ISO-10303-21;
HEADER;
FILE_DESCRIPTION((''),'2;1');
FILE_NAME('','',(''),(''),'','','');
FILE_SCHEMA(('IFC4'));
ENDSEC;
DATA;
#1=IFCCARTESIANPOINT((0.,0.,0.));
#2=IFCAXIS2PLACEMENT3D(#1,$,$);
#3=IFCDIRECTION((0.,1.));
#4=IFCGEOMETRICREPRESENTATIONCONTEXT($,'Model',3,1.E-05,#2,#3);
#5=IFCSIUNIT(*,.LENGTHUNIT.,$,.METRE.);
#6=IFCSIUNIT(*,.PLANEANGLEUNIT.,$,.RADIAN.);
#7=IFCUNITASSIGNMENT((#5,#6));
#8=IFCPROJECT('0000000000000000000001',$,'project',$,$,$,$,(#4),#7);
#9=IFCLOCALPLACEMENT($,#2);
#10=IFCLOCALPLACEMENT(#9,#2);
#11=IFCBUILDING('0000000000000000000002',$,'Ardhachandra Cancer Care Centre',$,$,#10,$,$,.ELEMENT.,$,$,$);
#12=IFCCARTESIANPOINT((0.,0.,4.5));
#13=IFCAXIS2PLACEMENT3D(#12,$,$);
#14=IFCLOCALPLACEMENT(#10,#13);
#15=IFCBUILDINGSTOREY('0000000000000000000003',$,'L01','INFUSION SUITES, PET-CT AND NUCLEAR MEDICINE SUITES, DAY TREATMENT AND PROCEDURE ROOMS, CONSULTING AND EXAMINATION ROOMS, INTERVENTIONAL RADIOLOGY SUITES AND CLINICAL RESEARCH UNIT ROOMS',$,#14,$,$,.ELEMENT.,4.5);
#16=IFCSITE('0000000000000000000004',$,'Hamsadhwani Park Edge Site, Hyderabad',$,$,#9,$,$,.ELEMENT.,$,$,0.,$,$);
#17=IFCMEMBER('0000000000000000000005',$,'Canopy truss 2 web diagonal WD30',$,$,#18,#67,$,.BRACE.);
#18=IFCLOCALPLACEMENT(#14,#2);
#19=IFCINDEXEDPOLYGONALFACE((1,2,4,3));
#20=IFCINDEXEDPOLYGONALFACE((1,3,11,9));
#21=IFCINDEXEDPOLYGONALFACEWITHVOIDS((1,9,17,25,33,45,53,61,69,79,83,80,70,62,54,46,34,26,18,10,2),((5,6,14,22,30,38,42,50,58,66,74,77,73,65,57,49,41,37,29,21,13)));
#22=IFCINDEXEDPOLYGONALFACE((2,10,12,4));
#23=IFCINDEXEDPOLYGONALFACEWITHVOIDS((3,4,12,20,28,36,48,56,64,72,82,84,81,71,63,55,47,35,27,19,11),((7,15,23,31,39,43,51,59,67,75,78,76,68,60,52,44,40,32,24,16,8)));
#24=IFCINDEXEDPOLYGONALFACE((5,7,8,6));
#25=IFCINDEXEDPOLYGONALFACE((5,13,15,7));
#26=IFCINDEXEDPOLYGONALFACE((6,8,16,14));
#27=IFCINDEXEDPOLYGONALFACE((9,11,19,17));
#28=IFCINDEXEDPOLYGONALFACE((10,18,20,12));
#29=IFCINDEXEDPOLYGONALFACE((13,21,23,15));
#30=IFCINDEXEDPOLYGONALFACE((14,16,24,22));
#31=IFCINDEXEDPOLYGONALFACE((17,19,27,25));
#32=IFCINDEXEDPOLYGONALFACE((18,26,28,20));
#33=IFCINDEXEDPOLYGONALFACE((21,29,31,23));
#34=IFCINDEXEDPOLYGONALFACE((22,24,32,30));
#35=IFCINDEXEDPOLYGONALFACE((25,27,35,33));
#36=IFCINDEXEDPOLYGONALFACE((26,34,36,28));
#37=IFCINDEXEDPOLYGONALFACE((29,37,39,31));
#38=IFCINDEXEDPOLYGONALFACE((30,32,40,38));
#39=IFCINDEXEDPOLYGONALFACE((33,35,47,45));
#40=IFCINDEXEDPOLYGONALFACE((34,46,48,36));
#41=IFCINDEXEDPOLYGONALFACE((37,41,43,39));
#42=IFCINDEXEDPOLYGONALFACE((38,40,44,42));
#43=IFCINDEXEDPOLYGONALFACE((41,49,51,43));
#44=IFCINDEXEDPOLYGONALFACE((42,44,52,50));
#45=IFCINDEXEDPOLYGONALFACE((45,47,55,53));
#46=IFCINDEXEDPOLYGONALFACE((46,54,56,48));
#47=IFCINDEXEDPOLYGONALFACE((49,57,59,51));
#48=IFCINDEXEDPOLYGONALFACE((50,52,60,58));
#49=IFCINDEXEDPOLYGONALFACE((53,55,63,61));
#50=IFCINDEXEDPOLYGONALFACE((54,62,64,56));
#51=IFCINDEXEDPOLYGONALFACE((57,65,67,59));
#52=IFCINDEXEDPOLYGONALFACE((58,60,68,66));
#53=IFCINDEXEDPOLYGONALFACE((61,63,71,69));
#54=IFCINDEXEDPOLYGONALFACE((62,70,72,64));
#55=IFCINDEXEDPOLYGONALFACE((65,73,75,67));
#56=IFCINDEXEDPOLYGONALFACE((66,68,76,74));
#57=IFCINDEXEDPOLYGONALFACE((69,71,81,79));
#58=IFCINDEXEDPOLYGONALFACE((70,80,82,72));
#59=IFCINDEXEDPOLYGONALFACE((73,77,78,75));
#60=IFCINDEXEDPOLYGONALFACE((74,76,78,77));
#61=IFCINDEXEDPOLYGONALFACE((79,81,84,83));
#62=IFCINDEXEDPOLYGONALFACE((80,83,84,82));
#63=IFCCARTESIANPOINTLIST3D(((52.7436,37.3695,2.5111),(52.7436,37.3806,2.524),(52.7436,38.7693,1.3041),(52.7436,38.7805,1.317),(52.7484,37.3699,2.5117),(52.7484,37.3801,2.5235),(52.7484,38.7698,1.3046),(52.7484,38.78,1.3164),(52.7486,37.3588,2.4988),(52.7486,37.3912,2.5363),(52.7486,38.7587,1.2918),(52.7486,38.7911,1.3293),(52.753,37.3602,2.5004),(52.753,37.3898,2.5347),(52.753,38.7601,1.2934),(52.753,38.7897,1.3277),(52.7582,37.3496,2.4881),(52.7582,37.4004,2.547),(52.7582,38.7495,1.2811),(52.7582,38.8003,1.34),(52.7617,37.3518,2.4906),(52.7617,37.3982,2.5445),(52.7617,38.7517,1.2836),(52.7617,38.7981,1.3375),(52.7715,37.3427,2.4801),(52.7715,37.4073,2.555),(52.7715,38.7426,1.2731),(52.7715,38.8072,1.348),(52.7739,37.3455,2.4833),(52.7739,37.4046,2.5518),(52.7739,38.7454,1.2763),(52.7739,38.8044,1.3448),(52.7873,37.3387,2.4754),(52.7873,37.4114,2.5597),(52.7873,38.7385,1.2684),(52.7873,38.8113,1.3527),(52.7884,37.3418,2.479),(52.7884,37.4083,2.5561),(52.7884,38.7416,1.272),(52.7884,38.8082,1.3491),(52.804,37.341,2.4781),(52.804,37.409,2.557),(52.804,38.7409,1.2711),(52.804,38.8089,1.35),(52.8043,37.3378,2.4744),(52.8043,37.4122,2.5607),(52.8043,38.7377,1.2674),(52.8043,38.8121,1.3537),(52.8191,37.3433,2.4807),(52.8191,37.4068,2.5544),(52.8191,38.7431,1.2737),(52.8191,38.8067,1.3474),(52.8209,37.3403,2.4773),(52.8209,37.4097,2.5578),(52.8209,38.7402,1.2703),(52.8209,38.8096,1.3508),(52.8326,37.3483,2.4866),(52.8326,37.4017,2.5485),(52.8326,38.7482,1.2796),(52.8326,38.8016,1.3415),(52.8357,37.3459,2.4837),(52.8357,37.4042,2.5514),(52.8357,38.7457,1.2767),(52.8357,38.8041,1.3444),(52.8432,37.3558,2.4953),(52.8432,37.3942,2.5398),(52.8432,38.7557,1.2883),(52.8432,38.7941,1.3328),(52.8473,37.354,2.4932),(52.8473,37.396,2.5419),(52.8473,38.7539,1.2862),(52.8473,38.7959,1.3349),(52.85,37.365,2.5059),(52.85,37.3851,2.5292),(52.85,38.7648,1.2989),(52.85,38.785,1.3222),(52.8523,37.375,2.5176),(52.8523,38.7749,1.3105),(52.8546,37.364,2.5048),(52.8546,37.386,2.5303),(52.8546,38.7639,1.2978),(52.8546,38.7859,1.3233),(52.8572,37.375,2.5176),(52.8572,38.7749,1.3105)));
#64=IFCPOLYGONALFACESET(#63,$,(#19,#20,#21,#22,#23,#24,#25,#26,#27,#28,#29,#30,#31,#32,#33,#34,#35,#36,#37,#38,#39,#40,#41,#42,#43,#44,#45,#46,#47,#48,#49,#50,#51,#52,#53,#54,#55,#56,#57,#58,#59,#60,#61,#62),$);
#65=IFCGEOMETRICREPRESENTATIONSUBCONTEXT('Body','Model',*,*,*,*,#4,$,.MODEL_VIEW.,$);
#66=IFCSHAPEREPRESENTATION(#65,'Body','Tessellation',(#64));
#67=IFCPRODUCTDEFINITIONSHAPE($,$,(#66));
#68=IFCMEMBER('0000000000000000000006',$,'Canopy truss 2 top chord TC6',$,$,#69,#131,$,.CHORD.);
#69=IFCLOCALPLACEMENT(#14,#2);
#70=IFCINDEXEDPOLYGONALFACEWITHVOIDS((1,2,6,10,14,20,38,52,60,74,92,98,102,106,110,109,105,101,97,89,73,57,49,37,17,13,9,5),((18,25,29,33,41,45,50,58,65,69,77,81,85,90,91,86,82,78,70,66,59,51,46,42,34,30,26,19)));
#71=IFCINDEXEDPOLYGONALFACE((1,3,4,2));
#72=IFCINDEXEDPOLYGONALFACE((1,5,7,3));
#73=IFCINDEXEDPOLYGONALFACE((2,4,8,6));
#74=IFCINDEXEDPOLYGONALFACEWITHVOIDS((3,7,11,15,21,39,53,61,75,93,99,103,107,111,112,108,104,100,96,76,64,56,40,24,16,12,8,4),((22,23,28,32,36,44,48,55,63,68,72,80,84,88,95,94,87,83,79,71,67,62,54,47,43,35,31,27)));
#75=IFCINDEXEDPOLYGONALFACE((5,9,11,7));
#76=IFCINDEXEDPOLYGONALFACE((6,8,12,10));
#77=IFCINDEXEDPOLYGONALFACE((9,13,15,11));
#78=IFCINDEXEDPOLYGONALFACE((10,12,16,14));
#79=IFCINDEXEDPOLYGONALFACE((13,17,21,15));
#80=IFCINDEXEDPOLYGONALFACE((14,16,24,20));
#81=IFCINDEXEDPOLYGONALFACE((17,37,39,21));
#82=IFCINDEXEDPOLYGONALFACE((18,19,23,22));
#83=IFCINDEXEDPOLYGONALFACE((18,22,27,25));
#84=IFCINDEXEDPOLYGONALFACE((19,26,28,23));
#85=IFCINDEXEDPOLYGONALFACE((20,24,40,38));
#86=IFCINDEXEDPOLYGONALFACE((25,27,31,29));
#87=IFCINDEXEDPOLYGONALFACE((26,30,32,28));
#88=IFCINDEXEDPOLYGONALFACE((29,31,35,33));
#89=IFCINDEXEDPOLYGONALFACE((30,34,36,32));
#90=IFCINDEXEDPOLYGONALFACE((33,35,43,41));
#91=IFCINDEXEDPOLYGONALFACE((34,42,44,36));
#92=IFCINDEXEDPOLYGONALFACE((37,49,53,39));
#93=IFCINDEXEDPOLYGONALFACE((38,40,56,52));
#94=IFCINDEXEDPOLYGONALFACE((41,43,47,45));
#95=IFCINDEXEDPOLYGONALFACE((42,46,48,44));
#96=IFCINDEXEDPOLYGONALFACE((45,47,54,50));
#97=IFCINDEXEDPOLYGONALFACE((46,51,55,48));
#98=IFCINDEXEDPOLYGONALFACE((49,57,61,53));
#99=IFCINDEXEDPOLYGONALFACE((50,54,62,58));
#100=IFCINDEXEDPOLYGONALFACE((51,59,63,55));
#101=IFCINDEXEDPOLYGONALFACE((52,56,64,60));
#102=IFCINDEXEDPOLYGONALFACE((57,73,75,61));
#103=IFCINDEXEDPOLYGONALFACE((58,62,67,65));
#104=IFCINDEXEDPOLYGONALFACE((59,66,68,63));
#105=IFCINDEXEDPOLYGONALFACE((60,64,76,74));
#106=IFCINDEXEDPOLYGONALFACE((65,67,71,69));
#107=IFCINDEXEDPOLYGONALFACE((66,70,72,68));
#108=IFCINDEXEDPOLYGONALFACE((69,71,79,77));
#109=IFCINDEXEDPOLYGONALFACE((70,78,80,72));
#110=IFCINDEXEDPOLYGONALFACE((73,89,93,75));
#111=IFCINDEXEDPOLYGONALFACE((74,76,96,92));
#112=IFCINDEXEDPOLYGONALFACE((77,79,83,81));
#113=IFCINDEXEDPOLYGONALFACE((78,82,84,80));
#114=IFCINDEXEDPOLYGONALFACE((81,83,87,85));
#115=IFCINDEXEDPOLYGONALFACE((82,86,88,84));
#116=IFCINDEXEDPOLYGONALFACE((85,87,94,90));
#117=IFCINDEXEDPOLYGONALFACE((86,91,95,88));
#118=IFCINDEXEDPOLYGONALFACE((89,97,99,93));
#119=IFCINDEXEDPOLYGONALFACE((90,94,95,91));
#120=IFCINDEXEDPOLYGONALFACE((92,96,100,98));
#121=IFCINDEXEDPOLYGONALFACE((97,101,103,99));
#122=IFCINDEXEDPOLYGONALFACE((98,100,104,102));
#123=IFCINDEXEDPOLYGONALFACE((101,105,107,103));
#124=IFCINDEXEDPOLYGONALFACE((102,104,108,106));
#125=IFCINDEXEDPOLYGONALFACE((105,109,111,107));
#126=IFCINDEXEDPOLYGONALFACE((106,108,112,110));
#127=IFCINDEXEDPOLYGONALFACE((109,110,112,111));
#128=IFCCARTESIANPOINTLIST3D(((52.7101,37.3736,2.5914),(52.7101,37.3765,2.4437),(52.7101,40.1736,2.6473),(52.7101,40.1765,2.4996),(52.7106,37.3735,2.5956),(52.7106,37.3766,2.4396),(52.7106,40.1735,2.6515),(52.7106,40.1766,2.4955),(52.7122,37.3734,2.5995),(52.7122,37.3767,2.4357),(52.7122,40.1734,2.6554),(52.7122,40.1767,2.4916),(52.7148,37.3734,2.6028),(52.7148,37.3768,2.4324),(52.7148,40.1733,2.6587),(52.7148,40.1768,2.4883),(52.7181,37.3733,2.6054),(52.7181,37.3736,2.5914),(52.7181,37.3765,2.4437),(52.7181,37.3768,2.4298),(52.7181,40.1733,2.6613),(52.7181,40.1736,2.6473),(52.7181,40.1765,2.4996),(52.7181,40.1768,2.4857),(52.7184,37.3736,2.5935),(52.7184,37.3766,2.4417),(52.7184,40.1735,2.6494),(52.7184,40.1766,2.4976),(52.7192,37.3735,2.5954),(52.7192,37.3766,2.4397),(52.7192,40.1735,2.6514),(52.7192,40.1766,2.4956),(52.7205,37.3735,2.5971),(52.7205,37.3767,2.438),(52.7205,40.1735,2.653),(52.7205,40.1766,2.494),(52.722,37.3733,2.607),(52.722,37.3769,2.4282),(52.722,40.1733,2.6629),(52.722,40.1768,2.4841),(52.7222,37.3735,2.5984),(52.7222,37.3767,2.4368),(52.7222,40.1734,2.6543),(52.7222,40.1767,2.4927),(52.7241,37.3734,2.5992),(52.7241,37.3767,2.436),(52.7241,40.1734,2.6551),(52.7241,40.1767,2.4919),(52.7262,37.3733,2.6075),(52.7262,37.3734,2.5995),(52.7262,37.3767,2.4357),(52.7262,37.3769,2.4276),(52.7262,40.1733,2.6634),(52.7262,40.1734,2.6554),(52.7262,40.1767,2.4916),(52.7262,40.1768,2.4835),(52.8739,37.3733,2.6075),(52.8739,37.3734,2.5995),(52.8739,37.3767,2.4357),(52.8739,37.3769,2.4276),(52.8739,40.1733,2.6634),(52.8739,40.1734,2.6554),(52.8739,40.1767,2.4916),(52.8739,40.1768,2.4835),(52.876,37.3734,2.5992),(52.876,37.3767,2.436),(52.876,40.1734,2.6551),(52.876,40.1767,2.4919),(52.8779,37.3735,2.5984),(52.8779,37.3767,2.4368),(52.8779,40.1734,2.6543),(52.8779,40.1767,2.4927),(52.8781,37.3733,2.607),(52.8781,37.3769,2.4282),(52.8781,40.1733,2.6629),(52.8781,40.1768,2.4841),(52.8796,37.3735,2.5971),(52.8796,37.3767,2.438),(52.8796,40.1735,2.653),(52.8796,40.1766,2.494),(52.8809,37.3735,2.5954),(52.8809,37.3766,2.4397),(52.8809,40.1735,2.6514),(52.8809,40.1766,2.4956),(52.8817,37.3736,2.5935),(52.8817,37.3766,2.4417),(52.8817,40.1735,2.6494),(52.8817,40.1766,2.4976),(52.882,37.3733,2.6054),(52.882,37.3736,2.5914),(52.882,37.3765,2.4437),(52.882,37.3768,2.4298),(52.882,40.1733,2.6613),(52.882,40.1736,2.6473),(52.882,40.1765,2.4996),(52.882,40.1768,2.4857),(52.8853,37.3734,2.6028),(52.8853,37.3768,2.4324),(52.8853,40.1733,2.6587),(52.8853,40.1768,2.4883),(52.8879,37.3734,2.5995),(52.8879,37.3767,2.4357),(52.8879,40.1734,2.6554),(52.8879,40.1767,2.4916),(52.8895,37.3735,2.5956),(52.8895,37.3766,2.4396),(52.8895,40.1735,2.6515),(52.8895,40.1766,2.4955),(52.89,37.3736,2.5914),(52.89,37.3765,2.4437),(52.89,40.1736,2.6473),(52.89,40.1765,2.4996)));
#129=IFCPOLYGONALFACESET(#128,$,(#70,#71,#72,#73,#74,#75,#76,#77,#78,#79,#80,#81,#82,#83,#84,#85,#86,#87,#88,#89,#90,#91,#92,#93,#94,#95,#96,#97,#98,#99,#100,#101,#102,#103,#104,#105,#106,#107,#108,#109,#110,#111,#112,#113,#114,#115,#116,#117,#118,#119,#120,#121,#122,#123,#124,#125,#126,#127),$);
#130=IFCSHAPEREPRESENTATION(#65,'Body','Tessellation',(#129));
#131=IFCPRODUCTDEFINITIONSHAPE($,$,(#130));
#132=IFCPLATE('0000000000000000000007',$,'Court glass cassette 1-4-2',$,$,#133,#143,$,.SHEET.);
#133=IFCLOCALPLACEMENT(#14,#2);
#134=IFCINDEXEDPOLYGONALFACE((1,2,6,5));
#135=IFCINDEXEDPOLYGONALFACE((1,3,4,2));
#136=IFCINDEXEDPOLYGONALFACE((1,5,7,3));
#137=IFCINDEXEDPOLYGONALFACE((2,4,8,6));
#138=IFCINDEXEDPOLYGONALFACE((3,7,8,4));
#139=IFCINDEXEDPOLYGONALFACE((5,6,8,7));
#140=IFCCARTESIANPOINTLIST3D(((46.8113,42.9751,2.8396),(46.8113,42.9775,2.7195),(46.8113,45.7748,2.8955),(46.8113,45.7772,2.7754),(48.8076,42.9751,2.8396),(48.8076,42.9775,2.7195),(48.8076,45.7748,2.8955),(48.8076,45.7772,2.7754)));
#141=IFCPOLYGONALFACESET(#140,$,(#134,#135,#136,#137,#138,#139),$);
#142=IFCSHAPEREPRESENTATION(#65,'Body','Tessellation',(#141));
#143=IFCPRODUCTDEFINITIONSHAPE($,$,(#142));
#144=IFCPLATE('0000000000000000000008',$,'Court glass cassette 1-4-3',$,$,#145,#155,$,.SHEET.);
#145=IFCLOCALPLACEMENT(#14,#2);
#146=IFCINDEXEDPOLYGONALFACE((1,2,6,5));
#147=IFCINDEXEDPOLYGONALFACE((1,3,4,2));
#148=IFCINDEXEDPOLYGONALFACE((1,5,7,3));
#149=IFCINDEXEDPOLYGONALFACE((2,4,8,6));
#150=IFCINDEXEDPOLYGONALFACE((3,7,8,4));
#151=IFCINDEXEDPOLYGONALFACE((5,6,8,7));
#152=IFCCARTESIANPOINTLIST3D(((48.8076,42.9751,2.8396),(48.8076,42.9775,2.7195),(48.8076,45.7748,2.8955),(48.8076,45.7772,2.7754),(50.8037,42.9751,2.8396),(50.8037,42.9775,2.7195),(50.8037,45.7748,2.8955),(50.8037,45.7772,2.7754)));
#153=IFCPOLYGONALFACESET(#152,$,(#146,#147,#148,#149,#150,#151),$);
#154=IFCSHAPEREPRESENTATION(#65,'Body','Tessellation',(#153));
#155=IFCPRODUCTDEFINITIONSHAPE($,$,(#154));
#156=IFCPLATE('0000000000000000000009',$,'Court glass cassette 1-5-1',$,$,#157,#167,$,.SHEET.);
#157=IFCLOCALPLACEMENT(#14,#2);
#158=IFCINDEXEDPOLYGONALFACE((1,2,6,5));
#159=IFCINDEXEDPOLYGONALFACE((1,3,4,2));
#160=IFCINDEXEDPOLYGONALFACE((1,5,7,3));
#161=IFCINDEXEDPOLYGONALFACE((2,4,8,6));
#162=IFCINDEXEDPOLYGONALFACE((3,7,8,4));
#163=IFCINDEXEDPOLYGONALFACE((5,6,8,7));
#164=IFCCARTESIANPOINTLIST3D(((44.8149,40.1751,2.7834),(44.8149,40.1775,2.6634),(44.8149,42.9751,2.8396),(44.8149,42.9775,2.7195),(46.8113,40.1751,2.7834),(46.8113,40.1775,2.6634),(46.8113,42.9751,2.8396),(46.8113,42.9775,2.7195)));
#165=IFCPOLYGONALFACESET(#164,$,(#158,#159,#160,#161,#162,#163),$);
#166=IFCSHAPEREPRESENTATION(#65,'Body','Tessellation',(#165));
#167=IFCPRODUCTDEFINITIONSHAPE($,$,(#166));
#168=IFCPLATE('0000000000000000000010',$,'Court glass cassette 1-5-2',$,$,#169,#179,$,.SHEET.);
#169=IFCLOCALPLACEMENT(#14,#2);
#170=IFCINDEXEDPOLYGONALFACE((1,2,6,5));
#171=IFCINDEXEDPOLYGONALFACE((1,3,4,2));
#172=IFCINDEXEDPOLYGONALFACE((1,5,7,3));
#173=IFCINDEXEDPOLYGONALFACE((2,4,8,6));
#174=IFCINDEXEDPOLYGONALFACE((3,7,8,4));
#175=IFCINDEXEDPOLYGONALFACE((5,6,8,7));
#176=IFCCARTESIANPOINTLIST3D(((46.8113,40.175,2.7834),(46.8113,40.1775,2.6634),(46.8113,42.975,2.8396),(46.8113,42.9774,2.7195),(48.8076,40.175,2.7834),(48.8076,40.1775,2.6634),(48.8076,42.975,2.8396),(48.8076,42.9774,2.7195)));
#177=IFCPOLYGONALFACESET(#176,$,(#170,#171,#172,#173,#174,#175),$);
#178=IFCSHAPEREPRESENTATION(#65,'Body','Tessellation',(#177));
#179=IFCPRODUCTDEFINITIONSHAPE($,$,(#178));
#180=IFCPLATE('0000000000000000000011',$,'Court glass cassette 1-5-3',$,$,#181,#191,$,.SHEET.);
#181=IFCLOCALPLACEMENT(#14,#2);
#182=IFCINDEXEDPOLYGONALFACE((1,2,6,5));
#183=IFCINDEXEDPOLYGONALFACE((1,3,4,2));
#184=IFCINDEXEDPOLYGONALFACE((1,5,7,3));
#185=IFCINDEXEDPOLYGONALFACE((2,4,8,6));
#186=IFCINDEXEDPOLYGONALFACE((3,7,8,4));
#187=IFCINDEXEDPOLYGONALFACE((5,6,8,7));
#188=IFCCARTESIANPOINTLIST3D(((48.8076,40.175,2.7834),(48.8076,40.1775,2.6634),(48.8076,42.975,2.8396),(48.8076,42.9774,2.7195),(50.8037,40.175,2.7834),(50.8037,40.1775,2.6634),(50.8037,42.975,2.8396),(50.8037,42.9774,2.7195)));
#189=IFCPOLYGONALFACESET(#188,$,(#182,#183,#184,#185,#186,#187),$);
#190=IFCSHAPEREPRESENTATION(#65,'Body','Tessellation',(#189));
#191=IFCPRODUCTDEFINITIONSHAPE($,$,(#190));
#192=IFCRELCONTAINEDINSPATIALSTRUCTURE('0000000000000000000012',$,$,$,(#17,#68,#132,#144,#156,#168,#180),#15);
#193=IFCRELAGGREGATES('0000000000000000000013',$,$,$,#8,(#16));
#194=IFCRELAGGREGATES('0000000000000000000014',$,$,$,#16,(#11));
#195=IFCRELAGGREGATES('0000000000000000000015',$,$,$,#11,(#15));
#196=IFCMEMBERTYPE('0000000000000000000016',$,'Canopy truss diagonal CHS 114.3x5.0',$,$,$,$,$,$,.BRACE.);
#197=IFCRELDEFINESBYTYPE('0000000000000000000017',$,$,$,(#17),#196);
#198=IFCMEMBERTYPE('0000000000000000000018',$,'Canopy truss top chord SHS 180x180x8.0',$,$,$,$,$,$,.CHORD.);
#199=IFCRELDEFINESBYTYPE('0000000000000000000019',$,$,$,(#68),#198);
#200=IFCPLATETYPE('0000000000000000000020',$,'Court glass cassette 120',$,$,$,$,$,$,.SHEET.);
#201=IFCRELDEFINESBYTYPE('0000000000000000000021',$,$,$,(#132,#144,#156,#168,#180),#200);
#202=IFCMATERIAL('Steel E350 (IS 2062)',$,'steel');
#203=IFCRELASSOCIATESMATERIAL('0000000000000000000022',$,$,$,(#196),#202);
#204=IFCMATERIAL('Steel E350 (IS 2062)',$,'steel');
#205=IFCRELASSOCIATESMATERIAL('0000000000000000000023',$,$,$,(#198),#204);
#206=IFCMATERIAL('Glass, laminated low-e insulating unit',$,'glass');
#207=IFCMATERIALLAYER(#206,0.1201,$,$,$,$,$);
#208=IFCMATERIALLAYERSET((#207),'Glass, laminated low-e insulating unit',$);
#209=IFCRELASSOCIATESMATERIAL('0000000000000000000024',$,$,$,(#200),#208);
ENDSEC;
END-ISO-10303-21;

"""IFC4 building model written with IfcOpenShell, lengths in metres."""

from ifc_helpers import new_model, si_unit, direction, frame, origin, origin_2d, place, context, subcontext, project, spatial, polyline, hollow_rectangle, hollow_circle, outline, extrude, material, layer, layer_set, material_profile, profile_set, type_object, element, save


model = new_model("IFC4")

# Units and contexts
model_context = context("Model", 3, precision=1e-05, world=origin(), true_north=direction((0.0, 1.0)))
body_context = subcontext(model_context, "Body", "Model", "MODEL_VIEW")
ifc_project = project(units=[si_unit("LENGTHUNIT", "METRE"), si_unit("PLANEANGLEUNIT", "RADIAN")], contexts=[model_context])

# Site, building, storey
site_placement = place(None, origin())
site = spatial("IfcSite", under=ifc_project, at=site_placement, Name="Hamsadhwani Park Edge Site, Hyderabad", CompositionType="ELEMENT", RefElevation=0.0)
building_placement = place(site_placement, origin())
building = spatial("IfcBuilding", under=site, at=building_placement, Name="Ardhachandra Cancer Care Centre", CompositionType="ELEMENT")
storey_placement = place(building_placement, frame((0.0, 0.0, 4.5)))
storey = spatial("IfcBuildingStorey", under=building, at=storey_placement, Name="L01", Description="INFUSION SUITES, PET-CT AND NUCLEAR MEDICINE SUITES, DAY TREATMENT AND PROCEDURE ROOMS, CONSULTING AND EXAMINATION ROOMS, INTERVENTIONAL RADIOLOGY SUITES AND CLINICAL RESEARCH UNIT ROOMS", CompositionType="ELEMENT", Elevation=4.5)

# Members
ifc_material_1 = material(Name="Steel E350 (IS 2062)", Category="steel")
ifc_material_profile_1 = material_profile(ifc_material_1, hollow_circle(Radius=0.0571, WallThickness=0.0049, at=origin_2d()), Name="CHS 114.3x5.0")
ifc_profile_set_1 = profile_set([ifc_material_profile_1], Name="Steel E350 (IS 2062)")
member_type_1 = type_object("IfcMemberType", Name="Canopy truss diagonal CHS 114.3x5.0", PredefinedType="BRACE", material=ifc_profile_set_1)
member_1_placement = place(storey_placement, frame((52.8, 38.7749, 1.3105), z_axis=(0.0, -0.757351, 0.653008), x_axis=(1.0, 0.0, 0.0)))
element("IfcMember", 1, at=member_1_placement, inside=storey, type_object=member_type_1, Name="Canopy truss 2 web diagonal WD30", PredefinedType="BRACE", context=body_context, shape_type="SweptSolid", body=[
    extrude(hollow_circle(Radius=0.0571, WallThickness=0.0049, at=origin_2d()), origin(), (0.0, 0.0, 1.0), 1.8484),
])
ifc_material_2 = material(Name="Steel E350 (IS 2062)", Category="steel")
ifc_material_profile_2 = material_profile(ifc_material_2, hollow_rectangle(XDim=0.1799, YDim=0.1799, WallThickness=0.0081, InnerFilletRadius=0.0081, OuterFilletRadius=0.0161, at=origin_2d()), Name="SHS 180x180x8.0")
ifc_profile_set_2 = profile_set([ifc_material_profile_2], Name="Steel E350 (IS 2062)")
member_type_2 = type_object("IfcMemberType", Name="Canopy truss top chord SHS 180x180x8.0", PredefinedType="CHORD", material=ifc_profile_set_2)
member_2_placement = place(storey_placement, frame((52.8, 40.175, 2.5735), z_axis=(0.0, -0.999801, -0.019963), x_axis=(1.0, 0.0, 0.0)))
element("IfcMember", 2, at=member_2_placement, inside=storey, type_object=member_type_2, Name="Canopy truss 2 top chord TC6", PredefinedType="CHORD", context=body_context, shape_type="SweptSolid", body=[
    extrude(hollow_rectangle(XDim=0.1799, YDim=0.1799, WallThickness=0.0081, InnerFilletRadius=0.0081, OuterFilletRadius=0.0161, at=origin_2d()), origin(), (0.0, 0.0, 1.0), 2.8005),
])

# Plates
ifc_material_3 = material(Name="Glass, laminated low-e insulating unit", Category="glass")
ifc_layer = layer(ifc_material_3, 0.1201)
ifc_layer_set = layer_set([ifc_layer], Name="Glass, laminated low-e insulating unit")
plate_type = type_object("IfcPlateType", Name="Court glass cassette 120", PredefinedType="SHEET", material=ifc_layer_set)
plate_1_placement = place(storey_placement, frame((46.8113, 42.9751, 2.8396), z_axis=(0.0, -0.019965, 0.999801), x_axis=(0.0, 0.999801, 0.019965)))
element("IfcPlate", 3, at=plate_1_placement, inside=storey, type_object=plate_type, Name="Court glass cassette 1-4-2", PredefinedType="SHEET", context=body_context, shape_type="SweptSolid", body=[
    extrude(outline(polyline([(0.0, -1.9963), (2.8003, -1.9963), (2.8003, 0.0), (0.0, 0.0), (0.0, -1.9963)])), frame((0.0, 0.0, -0.1201)), (0.0, 0.0, 1.0), 0.1201),
])
plate_2_placement = place(storey_placement, frame((48.8076, 42.9751, 2.8396), z_axis=(0.0, -0.019965, 0.999801), x_axis=(0.0, 0.999801, 0.019965)))
element("IfcPlate", 4, at=plate_2_placement, inside=storey, type_object=plate_type, Name="Court glass cassette 1-4-3", PredefinedType="SHEET", context=body_context, shape_type="SweptSolid", body=[
    extrude(outline(polyline([(0.0, -1.9961), (2.8003, -1.9961), (2.8003, 0.0), (0.0, 0.0), (0.0, -1.9961)])), frame((0.0, 0.0, -0.1201)), (0.0, 0.0, 1.0), 0.1201),
])
for number, where, z_axis, x_axis, name in (
    (5, (46.8113, 42.9751, 2.8396), (0.0, -0.02005, 0.999799), (0.0, -0.999799, -0.02005), "Court glass cassette 1-5-1"),
    (6, (46.8113, 40.175, 2.7834), (0.0, -0.02005, 0.999799), (0.0, 0.999799, 0.02005), "Court glass cassette 1-5-2"),
):
    element("IfcPlate", number, at=place(storey_placement, frame(where, z_axis=z_axis, x_axis=x_axis)), inside=storey, type_object=plate_type, Name=name, PredefinedType="SHEET", context=body_context, shape_type="SweptSolid", body=[
        extrude(outline(polyline([(0.0, -1.9963), (2.8005, -1.9963), (2.8005, 0.0), (0.0, 0.0), (0.0, -1.9963)])), frame((0.0, 0.0, -0.1201)), (0.0, 0.0, 1.0), 0.1201),
    ])
plate_3_placement = place(storey_placement, frame((48.8076, 40.175, 2.7834), z_axis=(0.0, -0.02005, 0.999799), x_axis=(0.0, 0.999799, 0.02005)))
element("IfcPlate", 7, at=plate_3_placement, inside=storey, type_object=plate_type, Name="Court glass cassette 1-5-3", PredefinedType="SHEET", context=body_context, shape_type="SweptSolid", body=[
    extrude(outline(polyline([(0.0, -1.9961), (2.8005, -1.9961), (2.8005, 0.0), (0.0, 0.0), (0.0, -1.9961)])), frame((0.0, 0.0, -0.1201)), (0.0, 0.0, 1.0), 0.1201),
])

save(model, "model.ifc")
